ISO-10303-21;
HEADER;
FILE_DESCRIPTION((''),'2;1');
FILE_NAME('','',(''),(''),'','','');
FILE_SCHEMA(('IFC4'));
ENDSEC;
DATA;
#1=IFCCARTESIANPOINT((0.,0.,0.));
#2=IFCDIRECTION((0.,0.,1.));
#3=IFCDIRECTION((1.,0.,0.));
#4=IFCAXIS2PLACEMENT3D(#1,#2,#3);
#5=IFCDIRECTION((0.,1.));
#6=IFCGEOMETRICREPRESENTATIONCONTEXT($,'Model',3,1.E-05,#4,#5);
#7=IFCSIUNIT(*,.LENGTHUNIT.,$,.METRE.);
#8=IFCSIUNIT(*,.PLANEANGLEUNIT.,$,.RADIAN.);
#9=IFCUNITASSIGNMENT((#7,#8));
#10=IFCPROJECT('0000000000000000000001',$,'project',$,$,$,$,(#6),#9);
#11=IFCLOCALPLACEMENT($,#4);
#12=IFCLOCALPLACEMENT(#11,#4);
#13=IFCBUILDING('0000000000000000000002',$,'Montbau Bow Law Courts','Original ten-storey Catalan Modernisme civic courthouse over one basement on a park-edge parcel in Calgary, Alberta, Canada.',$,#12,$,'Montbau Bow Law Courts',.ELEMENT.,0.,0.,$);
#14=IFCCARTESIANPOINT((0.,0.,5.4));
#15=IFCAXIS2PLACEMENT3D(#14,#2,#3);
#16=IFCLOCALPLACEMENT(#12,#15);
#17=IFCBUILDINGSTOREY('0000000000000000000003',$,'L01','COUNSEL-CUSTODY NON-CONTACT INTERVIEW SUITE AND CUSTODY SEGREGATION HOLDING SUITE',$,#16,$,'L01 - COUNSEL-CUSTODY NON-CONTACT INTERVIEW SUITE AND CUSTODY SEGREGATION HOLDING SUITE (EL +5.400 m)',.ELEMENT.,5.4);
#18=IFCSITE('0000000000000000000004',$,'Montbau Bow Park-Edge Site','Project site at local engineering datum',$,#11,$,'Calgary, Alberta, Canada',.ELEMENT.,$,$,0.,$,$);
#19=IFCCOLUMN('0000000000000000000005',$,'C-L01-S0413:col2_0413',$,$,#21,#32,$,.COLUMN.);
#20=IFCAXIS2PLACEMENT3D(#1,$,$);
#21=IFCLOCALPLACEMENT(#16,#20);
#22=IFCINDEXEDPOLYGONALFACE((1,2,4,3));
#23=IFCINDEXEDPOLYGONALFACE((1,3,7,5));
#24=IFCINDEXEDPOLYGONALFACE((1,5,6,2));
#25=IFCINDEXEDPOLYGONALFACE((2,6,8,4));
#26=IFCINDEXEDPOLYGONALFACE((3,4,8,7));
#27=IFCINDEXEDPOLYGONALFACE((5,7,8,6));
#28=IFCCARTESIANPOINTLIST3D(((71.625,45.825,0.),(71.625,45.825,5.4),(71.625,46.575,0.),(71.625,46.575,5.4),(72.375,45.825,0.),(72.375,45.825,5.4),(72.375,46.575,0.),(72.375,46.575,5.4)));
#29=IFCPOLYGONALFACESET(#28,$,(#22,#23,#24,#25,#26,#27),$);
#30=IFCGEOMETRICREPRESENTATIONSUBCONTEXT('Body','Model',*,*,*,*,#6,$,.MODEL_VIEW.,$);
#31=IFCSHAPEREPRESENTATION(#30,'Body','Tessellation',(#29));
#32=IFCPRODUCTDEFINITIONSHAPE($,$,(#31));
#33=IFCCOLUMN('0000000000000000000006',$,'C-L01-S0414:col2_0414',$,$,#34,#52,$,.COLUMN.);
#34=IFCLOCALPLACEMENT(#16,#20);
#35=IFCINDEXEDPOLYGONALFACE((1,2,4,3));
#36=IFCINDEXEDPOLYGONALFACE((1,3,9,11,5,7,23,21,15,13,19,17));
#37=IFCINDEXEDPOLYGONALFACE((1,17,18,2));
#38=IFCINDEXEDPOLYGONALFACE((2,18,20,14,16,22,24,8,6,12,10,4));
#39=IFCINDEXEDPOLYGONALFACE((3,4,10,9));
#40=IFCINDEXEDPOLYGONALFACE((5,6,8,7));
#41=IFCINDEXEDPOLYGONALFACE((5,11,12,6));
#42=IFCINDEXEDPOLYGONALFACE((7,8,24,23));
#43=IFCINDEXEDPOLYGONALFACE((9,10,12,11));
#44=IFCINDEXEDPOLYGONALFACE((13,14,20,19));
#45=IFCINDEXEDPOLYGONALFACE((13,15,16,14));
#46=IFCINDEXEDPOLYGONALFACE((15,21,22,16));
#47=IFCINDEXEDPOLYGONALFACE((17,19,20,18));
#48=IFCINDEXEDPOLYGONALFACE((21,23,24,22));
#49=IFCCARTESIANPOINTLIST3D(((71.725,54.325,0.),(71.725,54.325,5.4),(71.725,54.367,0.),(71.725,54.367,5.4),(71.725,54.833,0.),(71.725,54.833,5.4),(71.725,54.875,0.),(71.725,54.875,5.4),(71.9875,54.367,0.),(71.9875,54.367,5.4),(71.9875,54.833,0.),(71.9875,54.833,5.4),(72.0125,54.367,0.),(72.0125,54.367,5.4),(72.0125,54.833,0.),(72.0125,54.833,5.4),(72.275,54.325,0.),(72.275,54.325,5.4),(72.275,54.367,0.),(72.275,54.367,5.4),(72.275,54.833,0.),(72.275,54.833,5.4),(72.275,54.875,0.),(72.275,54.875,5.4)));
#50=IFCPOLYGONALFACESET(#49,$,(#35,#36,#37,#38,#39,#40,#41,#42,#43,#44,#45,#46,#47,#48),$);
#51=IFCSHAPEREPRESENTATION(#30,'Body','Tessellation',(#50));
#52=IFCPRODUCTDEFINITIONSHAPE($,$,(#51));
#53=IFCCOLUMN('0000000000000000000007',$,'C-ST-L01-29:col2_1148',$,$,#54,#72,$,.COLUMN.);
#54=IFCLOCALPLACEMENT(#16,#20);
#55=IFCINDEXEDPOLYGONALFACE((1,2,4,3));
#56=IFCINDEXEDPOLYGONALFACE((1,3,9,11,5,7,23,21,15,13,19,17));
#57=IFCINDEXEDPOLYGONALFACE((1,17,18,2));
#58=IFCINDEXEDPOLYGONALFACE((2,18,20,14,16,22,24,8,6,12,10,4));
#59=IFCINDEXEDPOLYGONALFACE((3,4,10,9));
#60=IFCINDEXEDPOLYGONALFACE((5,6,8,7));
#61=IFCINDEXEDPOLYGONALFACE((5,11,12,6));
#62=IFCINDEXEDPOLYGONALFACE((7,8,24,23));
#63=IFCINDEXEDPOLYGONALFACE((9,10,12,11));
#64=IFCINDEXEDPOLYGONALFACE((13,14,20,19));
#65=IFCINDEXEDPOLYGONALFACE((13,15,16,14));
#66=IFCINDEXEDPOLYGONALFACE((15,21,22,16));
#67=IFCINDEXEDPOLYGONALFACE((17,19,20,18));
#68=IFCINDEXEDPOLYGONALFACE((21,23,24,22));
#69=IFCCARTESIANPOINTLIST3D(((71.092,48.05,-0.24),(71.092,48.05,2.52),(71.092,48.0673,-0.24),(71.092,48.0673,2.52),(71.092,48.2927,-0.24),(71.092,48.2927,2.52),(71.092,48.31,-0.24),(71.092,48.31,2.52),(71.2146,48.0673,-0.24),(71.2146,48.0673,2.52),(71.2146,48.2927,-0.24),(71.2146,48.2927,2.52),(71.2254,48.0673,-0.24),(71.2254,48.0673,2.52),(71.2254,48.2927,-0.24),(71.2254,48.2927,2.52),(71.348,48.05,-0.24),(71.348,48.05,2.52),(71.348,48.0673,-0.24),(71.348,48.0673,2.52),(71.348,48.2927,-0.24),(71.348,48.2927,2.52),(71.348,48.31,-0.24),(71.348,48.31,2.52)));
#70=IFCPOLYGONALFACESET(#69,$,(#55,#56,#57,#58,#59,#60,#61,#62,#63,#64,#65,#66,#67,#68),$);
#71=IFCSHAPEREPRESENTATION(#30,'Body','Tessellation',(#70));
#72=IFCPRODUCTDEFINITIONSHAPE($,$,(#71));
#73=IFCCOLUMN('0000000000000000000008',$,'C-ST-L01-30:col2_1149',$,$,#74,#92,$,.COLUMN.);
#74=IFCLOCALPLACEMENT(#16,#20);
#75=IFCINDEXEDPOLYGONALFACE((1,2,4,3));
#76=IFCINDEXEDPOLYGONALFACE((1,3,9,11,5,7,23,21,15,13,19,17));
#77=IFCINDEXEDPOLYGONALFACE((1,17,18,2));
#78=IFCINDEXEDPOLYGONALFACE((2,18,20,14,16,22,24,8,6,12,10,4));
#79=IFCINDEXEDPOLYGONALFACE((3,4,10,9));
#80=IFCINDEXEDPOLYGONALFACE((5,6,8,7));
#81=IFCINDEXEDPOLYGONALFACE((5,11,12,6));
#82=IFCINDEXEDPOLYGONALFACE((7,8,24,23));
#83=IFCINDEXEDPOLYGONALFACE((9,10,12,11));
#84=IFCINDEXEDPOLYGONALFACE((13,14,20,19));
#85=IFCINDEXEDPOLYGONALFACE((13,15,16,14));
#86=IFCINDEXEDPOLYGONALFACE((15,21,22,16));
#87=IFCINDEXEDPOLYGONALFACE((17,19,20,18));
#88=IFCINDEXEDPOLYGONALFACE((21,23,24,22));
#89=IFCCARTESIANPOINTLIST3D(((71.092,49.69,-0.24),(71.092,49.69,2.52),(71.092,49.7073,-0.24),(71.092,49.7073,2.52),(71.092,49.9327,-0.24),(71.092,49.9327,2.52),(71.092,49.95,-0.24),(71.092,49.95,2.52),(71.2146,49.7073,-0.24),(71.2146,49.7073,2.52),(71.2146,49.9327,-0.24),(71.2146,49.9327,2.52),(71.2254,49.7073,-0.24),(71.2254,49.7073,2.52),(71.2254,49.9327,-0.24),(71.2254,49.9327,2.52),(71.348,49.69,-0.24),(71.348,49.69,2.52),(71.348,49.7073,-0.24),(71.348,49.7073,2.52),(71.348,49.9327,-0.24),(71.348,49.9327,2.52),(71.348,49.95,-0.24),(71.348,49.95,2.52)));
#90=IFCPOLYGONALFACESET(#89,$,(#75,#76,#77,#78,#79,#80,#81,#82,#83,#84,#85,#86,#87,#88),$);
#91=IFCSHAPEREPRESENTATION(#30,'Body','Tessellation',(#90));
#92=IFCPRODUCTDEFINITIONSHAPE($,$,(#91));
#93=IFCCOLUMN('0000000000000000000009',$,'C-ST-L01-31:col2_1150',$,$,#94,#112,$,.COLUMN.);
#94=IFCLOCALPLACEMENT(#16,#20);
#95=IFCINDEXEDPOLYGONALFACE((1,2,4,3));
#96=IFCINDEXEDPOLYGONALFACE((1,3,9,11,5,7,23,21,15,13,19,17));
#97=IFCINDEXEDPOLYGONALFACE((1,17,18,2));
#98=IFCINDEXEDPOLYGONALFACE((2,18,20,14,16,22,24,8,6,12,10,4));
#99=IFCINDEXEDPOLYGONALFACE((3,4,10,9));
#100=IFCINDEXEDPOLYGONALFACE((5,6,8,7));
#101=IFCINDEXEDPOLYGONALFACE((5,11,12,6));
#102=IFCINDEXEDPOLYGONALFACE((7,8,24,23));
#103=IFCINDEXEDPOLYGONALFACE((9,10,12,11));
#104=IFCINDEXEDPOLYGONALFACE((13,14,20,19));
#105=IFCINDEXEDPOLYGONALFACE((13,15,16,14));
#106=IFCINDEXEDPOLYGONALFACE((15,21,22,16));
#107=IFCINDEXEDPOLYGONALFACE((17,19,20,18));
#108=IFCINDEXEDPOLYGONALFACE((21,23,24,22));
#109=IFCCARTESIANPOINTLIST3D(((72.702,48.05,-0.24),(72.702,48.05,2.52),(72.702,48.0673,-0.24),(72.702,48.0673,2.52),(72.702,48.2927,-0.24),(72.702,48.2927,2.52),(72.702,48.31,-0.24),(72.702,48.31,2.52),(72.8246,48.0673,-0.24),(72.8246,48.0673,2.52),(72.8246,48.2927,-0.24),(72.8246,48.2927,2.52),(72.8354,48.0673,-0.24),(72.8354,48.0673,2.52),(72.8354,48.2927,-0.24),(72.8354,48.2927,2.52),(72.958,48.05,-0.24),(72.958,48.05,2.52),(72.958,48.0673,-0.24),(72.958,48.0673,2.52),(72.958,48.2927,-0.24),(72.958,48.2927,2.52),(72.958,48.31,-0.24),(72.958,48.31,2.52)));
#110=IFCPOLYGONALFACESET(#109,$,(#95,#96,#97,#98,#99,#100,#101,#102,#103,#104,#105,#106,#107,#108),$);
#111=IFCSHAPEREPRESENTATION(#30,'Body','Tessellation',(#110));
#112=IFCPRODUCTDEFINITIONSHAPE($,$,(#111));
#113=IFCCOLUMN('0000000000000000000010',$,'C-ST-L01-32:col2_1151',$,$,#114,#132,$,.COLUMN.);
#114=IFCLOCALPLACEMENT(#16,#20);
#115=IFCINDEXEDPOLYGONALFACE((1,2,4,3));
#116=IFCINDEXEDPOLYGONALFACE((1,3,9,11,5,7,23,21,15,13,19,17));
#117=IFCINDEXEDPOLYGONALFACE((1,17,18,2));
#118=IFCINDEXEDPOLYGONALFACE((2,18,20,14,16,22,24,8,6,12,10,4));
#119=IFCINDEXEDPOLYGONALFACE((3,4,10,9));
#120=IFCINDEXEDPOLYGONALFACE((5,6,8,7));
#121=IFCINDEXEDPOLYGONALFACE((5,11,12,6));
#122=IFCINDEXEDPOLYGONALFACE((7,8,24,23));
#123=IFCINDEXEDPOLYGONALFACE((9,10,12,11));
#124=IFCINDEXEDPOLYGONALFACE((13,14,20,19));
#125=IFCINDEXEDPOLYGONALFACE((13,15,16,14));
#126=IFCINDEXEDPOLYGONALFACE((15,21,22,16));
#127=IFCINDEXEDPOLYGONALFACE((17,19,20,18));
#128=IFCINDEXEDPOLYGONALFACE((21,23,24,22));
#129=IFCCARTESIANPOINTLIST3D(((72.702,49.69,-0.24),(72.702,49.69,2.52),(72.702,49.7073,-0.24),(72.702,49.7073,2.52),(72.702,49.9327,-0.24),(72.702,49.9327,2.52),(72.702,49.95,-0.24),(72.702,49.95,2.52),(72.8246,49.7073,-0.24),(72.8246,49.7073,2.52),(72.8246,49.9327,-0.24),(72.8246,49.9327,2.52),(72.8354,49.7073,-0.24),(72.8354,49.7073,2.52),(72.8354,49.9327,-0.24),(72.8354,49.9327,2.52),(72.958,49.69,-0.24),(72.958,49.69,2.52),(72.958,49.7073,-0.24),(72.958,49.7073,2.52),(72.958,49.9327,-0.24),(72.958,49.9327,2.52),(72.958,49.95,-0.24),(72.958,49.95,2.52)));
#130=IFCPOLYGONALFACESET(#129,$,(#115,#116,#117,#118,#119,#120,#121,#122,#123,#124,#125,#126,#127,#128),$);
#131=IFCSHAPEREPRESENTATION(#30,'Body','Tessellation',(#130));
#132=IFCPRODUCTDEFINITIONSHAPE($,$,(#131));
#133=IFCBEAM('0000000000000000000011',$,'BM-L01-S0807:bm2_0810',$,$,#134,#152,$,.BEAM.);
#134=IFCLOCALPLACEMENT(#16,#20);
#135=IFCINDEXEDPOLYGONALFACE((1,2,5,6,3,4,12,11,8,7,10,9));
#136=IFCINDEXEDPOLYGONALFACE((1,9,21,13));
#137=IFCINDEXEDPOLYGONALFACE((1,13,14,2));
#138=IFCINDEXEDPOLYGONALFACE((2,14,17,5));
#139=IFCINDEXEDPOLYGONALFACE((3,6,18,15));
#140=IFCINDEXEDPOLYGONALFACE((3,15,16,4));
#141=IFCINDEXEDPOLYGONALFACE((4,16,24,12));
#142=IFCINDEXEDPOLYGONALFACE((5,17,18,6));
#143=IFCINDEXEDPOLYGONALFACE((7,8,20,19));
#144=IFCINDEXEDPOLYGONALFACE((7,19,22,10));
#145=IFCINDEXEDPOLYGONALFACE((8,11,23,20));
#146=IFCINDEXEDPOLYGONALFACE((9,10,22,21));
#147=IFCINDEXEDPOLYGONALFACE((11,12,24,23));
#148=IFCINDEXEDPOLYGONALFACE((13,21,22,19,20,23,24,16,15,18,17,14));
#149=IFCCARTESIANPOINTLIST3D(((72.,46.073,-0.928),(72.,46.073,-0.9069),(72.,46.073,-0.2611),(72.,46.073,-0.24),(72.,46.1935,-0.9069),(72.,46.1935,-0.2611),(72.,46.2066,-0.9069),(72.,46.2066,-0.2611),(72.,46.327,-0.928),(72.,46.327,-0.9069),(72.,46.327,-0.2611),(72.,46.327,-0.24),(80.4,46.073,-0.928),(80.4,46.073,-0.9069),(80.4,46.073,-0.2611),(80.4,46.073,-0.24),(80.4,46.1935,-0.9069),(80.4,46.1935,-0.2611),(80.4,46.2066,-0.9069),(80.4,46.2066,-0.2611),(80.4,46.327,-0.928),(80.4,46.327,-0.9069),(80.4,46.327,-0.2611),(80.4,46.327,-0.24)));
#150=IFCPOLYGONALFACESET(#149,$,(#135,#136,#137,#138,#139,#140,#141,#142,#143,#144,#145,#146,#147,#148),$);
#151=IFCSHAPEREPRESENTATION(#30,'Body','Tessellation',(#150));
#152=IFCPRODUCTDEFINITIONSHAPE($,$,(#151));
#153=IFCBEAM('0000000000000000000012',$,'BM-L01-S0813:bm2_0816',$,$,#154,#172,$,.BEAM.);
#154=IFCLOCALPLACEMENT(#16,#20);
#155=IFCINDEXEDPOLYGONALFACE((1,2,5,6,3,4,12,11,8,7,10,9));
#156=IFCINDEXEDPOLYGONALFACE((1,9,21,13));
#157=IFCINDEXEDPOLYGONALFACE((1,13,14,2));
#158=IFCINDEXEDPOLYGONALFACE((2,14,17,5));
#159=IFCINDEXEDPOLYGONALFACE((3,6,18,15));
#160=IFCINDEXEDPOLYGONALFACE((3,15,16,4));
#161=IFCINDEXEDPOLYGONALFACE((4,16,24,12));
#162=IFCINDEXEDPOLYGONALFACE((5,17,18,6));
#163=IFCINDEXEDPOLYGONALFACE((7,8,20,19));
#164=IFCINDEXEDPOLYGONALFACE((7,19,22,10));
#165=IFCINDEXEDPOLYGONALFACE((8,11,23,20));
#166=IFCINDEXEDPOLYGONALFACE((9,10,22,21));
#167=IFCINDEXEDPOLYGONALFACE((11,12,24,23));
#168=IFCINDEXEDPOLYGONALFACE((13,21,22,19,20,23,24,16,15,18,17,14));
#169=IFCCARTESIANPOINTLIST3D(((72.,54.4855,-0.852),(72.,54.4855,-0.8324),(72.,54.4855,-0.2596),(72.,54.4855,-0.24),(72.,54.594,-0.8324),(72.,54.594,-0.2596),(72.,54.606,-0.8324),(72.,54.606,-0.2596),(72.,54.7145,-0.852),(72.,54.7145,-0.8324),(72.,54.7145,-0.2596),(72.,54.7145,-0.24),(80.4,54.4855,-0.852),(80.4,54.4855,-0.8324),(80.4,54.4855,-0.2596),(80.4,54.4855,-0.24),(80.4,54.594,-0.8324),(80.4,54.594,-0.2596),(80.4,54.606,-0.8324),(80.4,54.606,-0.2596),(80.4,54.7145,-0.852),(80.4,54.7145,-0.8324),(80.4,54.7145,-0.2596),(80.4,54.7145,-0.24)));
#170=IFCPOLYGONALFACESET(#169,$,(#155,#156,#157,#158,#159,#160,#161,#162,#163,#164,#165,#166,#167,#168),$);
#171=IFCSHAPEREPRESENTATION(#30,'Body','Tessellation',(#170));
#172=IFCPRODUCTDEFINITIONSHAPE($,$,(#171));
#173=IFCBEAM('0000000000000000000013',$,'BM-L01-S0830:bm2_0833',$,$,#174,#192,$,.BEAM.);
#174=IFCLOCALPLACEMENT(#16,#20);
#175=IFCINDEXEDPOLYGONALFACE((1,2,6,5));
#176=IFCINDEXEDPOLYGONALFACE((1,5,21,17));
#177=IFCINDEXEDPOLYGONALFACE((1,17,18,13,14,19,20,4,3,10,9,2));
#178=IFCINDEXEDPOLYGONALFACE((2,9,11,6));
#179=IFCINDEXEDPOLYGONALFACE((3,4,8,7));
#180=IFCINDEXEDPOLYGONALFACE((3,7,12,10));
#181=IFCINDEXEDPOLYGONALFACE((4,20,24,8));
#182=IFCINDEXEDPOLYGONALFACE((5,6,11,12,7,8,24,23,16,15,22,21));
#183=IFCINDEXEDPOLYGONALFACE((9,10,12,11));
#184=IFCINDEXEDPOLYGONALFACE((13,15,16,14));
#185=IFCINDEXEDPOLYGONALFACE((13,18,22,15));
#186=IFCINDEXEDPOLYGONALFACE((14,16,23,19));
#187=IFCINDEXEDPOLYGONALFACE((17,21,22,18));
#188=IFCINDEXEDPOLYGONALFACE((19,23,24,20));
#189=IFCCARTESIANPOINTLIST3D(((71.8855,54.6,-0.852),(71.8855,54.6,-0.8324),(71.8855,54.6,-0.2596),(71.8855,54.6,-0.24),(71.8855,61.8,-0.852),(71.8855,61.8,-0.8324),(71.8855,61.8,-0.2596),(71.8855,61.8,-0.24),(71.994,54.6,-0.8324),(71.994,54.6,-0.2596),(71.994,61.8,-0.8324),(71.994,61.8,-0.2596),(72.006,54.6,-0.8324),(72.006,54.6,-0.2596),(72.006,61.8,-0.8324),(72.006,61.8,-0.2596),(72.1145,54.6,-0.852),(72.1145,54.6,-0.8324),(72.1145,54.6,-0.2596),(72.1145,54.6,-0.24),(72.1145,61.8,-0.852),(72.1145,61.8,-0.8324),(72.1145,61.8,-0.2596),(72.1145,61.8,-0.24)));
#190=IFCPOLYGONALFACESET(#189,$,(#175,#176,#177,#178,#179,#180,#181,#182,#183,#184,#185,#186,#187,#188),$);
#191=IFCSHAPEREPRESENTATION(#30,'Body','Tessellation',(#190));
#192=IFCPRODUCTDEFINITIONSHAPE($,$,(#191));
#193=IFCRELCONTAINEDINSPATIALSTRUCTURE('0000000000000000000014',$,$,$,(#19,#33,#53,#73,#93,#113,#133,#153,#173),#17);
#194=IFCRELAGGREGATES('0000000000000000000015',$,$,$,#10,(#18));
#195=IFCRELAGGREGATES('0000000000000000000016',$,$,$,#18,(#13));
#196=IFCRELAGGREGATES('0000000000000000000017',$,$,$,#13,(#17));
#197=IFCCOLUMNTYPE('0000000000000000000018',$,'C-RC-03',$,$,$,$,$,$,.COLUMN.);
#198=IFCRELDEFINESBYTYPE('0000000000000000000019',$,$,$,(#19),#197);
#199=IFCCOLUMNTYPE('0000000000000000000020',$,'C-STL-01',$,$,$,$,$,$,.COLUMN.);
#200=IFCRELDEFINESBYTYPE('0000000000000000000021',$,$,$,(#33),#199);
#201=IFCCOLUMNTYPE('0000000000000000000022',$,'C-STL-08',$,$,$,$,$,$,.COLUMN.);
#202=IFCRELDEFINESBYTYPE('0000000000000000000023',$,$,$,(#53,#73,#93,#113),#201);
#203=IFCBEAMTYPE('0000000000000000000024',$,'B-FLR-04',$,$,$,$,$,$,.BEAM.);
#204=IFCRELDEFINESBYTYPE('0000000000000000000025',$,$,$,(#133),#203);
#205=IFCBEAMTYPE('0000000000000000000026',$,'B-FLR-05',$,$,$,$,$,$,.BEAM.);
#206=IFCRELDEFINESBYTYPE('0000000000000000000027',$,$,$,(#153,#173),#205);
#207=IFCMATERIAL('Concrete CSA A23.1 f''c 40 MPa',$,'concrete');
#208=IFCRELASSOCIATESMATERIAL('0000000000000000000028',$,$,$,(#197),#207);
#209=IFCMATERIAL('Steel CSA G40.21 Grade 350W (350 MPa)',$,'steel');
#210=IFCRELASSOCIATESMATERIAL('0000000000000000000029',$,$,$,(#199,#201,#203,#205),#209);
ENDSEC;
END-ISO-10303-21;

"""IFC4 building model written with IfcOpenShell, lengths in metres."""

from ifc_helpers import new_model, si_unit, direction, frame, origin_with_axes, origin_2d_with_axis, place, context, subcontext, project, spatial, rectangle, i_section, extrude, material, material_profile, profile_set, type_object, element, save


model = new_model("IFC4")

# Units and contexts
model_context = context("Model", 3, precision=1e-05, world=origin_with_axes(), true_north=direction((0.0, 1.0)))
body_context = subcontext(model_context, "Body", "Model", "MODEL_VIEW")
ifc_project = project(units=[si_unit("LENGTHUNIT", "METRE"), si_unit("PLANEANGLEUNIT", "RADIAN")], contexts=[model_context])

# Site, building, storey
site_placement = place(None, origin_with_axes())
site = spatial("IfcSite", under=ifc_project, at=site_placement, Name="Montbau Bow Park-Edge Site", Description="Project site at local engineering datum", LongName="Calgary, Alberta, Canada", CompositionType="ELEMENT", RefElevation=0.0)
building_placement = place(site_placement, origin_with_axes())
building = spatial("IfcBuilding", under=site, at=building_placement, Name="Montbau Bow Law Courts", Description="Original ten-storey Catalan Modernisme civic courthouse over one basement on a park-edge parcel in Calgary, Alberta, Canada.", LongName="Montbau Bow Law Courts", CompositionType="ELEMENT", ElevationOfRefHeight=0.0, ElevationOfTerrain=0.0)
storey_placement = place(building_placement, frame((0.0, 0.0, 5.4), z_axis=(0.0, 0.0, 1.0), x_axis=(1.0, 0.0, 0.0)))
storey = spatial("IfcBuildingStorey", under=building, at=storey_placement, Name="L01", Description="COUNSEL-CUSTODY NON-CONTACT INTERVIEW SUITE AND CUSTODY SEGREGATION HOLDING SUITE", LongName="L01 - COUNSEL-CUSTODY NON-CONTACT INTERVIEW SUITE AND CUSTODY SEGREGATION HOLDING SUITE (EL +5.400 m)", CompositionType="ELEMENT", Elevation=5.4)

# Columns
ifc_material_1 = material(Name="Concrete CSA A23.1 f'c 40 MPa", Category="concrete")
ifc_material_profile_1 = material_profile(ifc_material_1, rectangle(XDim=0.75, YDim=0.75, at=origin_2d_with_axis()), Name="RC750X750", Category="Main", Priority=0)
ifc_profile_set_1 = profile_set([ifc_material_profile_1], Name="Concrete CSA A23.1 f'c 40 MPa")
column_type_1 = type_object("IfcColumnType", Name="C-RC-03", PredefinedType="COLUMN", material=ifc_profile_set_1)
column_1_placement = place(None, frame((72.0, 46.2, 5.4), z_axis=(0.0, 0.0, 1.0), x_axis=(1.0, 0.0, 0.0)))
element("IfcColumn", 1, at=column_1_placement, inside=storey, type_object=column_type_1, Name="C-L01-S0413:col2_0413", PredefinedType="COLUMN", context=body_context, shape_type="SweptSolid", body=[
    extrude(rectangle(XDim=0.75, YDim=0.75, at=origin_2d_with_axis()), origin_with_axes(), (0.0, 0.0, 1.0), 5.4),
])
ifc_material_2 = material(Name="Steel CSA G40.21 Grade 350W (350 MPa)", Category="steel")
ifc_material_profile_2 = material_profile(ifc_material_2, i_section(OverallWidth=0.55, OverallDepth=0.55, WebThickness=0.025, FlangeThickness=0.042, at=origin_2d_with_axis()), Name="WWF550X420", Category="Main", Priority=0)
ifc_profile_set_2 = profile_set([ifc_material_profile_2], Name="Steel CSA G40.21 Grade 350W (350 MPa)")
column_type_2 = type_object("IfcColumnType", Name="C-STL-01", PredefinedType="COLUMN", material=ifc_profile_set_2)
column_2_placement = place(None, frame((72.0, 54.6, 5.4), z_axis=(0.0, 0.0, 1.0), x_axis=(1.0, 0.0, 0.0)))
element("IfcColumn", 2, at=column_2_placement, inside=storey, type_object=column_type_2, Name="C-L01-S0414:col2_0414", PredefinedType="COLUMN", context=body_context, shape_type="SweptSolid", body=[
    extrude(i_section(OverallWidth=0.55, OverallDepth=0.55, WebThickness=0.025, FlangeThickness=0.042, at=origin_2d_with_axis()), origin_with_axes(), (0.0, 0.0, 1.0), 5.4),
])
ifc_material_profile_3 = material_profile(ifc_material_2, i_section(OverallWidth=0.256, OverallDepth=0.26, WebThickness=0.0107, FlangeThickness=0.0173, at=origin_2d_with_axis()), Name="W250X89", Category="Main", Priority=0)
ifc_profile_set_3 = profile_set([ifc_material_profile_3], Name="Steel CSA G40.21 Grade 350W (350 MPa)")
column_type_3 = type_object("IfcColumnType", Name="C-STL-08", PredefinedType="COLUMN", material=ifc_profile_set_3)
for number, where, z_axis, x_axis, name in (
    (3, (71.22, 48.18, 5.16), (0.0, 0.0, 1.0), (1.0, 0.0, 0.0), "C-ST-L01-29:col2_1148"),
    (4, (71.22, 49.82, 5.16), (0.0, 0.0, 1.0), (1.0, 0.0, 0.0), "C-ST-L01-30:col2_1149"),
    (5, (72.83, 48.18, 5.16), (0.0, 0.0, 1.0), (1.0, 0.0, 0.0), "C-ST-L01-31:col2_1150"),
    (6, (72.83, 49.82, 5.16), (0.0, 0.0, 1.0), (1.0, 0.0, 0.0), "C-ST-L01-32:col2_1151"),
):
    element("IfcColumn", number, at=place(None, frame(where, z_axis=z_axis, x_axis=x_axis)), inside=storey, type_object=column_type_3, Name=name, PredefinedType="COLUMN", context=body_context, shape_type="SweptSolid", body=[
        extrude(i_section(OverallWidth=0.256, OverallDepth=0.26, WebThickness=0.0107, FlangeThickness=0.0173, at=origin_2d_with_axis()), origin_with_axes(), (0.0, 0.0, 1.0), 2.76),
    ])

# Beams
ifc_material_profile_4 = material_profile(ifc_material_2, i_section(OverallWidth=0.254, OverallDepth=0.688, WebThickness=0.0131, FlangeThickness=0.0211, at=origin_2d_with_axis()), Name="W690X152", Category="Main", Priority=0)
ifc_profile_set_4 = profile_set([ifc_material_profile_4], Name="Steel CSA G40.21 Grade 350W (350 MPa)")
beam_type_1 = type_object("IfcBeamType", Name="B-FLR-04", PredefinedType="BEAM", material=ifc_profile_set_4)
beam_1_placement = place(None, frame((72.0, 46.2, 4.816), z_axis=(1.0, 0.0, 0.0), x_axis=(0.0, 1.0, 0.0)))
element("IfcBeam", 7, at=beam_1_placement, inside=storey, type_object=beam_type_1, Name="BM-L01-S0807:bm2_0810", PredefinedType="BEAM", context=body_context, shape_type="SweptSolid", body=[
    extrude(i_section(OverallWidth=0.254, OverallDepth=0.688, WebThickness=0.0131, FlangeThickness=0.0211, at=origin_2d_with_axis()), origin_with_axes(), (0.0, 0.0, 1.0), 8.4),
])
ifc_material_profile_5 = material_profile(ifc_material_2, i_section(OverallWidth=0.229, OverallDepth=0.612, WebThickness=0.0119, FlangeThickness=0.0196, at=origin_2d_with_axis()), Name="W610X125", Category="Main", Priority=0)
ifc_profile_set_5 = profile_set([ifc_material_profile_5], Name="Steel CSA G40.21 Grade 350W (350 MPa)")
beam_type_2 = type_object("IfcBeamType", Name="B-FLR-05", PredefinedType="BEAM", material=ifc_profile_set_5)
beam_2_placement = place(None, frame((72.0, 54.6, 4.854), z_axis=(1.0, 0.0, 0.0), x_axis=(0.0, 1.0, 0.0)))
element("IfcBeam", 8, at=beam_2_placement, inside=storey, type_object=beam_type_2, Name="BM-L01-S0813:bm2_0816", PredefinedType="BEAM", context=body_context, shape_type="SweptSolid", body=[
    extrude(i_section(OverallWidth=0.229, OverallDepth=0.612, WebThickness=0.0119, FlangeThickness=0.0196, at=origin_2d_with_axis()), origin_with_axes(), (0.0, 0.0, 1.0), 8.4),
])
beam_3_placement = place(None, frame((72.0, 54.6, 4.854), z_axis=(0.0, 1.0, 0.0), x_axis=(-1.0, 0.0, 0.0)))
element("IfcBeam", 9, at=beam_3_placement, inside=storey, type_object=beam_type_2, Name="BM-L01-S0830:bm2_0833", PredefinedType="BEAM", context=body_context, shape_type="SweptSolid", body=[
    extrude(i_section(OverallWidth=0.229, OverallDepth=0.612, WebThickness=0.0119, FlangeThickness=0.0196, at=origin_2d_with_axis()), origin_with_axes(), (0.0, 0.0, 1.0), 7.2),
])

save(model, "model.ifc")
